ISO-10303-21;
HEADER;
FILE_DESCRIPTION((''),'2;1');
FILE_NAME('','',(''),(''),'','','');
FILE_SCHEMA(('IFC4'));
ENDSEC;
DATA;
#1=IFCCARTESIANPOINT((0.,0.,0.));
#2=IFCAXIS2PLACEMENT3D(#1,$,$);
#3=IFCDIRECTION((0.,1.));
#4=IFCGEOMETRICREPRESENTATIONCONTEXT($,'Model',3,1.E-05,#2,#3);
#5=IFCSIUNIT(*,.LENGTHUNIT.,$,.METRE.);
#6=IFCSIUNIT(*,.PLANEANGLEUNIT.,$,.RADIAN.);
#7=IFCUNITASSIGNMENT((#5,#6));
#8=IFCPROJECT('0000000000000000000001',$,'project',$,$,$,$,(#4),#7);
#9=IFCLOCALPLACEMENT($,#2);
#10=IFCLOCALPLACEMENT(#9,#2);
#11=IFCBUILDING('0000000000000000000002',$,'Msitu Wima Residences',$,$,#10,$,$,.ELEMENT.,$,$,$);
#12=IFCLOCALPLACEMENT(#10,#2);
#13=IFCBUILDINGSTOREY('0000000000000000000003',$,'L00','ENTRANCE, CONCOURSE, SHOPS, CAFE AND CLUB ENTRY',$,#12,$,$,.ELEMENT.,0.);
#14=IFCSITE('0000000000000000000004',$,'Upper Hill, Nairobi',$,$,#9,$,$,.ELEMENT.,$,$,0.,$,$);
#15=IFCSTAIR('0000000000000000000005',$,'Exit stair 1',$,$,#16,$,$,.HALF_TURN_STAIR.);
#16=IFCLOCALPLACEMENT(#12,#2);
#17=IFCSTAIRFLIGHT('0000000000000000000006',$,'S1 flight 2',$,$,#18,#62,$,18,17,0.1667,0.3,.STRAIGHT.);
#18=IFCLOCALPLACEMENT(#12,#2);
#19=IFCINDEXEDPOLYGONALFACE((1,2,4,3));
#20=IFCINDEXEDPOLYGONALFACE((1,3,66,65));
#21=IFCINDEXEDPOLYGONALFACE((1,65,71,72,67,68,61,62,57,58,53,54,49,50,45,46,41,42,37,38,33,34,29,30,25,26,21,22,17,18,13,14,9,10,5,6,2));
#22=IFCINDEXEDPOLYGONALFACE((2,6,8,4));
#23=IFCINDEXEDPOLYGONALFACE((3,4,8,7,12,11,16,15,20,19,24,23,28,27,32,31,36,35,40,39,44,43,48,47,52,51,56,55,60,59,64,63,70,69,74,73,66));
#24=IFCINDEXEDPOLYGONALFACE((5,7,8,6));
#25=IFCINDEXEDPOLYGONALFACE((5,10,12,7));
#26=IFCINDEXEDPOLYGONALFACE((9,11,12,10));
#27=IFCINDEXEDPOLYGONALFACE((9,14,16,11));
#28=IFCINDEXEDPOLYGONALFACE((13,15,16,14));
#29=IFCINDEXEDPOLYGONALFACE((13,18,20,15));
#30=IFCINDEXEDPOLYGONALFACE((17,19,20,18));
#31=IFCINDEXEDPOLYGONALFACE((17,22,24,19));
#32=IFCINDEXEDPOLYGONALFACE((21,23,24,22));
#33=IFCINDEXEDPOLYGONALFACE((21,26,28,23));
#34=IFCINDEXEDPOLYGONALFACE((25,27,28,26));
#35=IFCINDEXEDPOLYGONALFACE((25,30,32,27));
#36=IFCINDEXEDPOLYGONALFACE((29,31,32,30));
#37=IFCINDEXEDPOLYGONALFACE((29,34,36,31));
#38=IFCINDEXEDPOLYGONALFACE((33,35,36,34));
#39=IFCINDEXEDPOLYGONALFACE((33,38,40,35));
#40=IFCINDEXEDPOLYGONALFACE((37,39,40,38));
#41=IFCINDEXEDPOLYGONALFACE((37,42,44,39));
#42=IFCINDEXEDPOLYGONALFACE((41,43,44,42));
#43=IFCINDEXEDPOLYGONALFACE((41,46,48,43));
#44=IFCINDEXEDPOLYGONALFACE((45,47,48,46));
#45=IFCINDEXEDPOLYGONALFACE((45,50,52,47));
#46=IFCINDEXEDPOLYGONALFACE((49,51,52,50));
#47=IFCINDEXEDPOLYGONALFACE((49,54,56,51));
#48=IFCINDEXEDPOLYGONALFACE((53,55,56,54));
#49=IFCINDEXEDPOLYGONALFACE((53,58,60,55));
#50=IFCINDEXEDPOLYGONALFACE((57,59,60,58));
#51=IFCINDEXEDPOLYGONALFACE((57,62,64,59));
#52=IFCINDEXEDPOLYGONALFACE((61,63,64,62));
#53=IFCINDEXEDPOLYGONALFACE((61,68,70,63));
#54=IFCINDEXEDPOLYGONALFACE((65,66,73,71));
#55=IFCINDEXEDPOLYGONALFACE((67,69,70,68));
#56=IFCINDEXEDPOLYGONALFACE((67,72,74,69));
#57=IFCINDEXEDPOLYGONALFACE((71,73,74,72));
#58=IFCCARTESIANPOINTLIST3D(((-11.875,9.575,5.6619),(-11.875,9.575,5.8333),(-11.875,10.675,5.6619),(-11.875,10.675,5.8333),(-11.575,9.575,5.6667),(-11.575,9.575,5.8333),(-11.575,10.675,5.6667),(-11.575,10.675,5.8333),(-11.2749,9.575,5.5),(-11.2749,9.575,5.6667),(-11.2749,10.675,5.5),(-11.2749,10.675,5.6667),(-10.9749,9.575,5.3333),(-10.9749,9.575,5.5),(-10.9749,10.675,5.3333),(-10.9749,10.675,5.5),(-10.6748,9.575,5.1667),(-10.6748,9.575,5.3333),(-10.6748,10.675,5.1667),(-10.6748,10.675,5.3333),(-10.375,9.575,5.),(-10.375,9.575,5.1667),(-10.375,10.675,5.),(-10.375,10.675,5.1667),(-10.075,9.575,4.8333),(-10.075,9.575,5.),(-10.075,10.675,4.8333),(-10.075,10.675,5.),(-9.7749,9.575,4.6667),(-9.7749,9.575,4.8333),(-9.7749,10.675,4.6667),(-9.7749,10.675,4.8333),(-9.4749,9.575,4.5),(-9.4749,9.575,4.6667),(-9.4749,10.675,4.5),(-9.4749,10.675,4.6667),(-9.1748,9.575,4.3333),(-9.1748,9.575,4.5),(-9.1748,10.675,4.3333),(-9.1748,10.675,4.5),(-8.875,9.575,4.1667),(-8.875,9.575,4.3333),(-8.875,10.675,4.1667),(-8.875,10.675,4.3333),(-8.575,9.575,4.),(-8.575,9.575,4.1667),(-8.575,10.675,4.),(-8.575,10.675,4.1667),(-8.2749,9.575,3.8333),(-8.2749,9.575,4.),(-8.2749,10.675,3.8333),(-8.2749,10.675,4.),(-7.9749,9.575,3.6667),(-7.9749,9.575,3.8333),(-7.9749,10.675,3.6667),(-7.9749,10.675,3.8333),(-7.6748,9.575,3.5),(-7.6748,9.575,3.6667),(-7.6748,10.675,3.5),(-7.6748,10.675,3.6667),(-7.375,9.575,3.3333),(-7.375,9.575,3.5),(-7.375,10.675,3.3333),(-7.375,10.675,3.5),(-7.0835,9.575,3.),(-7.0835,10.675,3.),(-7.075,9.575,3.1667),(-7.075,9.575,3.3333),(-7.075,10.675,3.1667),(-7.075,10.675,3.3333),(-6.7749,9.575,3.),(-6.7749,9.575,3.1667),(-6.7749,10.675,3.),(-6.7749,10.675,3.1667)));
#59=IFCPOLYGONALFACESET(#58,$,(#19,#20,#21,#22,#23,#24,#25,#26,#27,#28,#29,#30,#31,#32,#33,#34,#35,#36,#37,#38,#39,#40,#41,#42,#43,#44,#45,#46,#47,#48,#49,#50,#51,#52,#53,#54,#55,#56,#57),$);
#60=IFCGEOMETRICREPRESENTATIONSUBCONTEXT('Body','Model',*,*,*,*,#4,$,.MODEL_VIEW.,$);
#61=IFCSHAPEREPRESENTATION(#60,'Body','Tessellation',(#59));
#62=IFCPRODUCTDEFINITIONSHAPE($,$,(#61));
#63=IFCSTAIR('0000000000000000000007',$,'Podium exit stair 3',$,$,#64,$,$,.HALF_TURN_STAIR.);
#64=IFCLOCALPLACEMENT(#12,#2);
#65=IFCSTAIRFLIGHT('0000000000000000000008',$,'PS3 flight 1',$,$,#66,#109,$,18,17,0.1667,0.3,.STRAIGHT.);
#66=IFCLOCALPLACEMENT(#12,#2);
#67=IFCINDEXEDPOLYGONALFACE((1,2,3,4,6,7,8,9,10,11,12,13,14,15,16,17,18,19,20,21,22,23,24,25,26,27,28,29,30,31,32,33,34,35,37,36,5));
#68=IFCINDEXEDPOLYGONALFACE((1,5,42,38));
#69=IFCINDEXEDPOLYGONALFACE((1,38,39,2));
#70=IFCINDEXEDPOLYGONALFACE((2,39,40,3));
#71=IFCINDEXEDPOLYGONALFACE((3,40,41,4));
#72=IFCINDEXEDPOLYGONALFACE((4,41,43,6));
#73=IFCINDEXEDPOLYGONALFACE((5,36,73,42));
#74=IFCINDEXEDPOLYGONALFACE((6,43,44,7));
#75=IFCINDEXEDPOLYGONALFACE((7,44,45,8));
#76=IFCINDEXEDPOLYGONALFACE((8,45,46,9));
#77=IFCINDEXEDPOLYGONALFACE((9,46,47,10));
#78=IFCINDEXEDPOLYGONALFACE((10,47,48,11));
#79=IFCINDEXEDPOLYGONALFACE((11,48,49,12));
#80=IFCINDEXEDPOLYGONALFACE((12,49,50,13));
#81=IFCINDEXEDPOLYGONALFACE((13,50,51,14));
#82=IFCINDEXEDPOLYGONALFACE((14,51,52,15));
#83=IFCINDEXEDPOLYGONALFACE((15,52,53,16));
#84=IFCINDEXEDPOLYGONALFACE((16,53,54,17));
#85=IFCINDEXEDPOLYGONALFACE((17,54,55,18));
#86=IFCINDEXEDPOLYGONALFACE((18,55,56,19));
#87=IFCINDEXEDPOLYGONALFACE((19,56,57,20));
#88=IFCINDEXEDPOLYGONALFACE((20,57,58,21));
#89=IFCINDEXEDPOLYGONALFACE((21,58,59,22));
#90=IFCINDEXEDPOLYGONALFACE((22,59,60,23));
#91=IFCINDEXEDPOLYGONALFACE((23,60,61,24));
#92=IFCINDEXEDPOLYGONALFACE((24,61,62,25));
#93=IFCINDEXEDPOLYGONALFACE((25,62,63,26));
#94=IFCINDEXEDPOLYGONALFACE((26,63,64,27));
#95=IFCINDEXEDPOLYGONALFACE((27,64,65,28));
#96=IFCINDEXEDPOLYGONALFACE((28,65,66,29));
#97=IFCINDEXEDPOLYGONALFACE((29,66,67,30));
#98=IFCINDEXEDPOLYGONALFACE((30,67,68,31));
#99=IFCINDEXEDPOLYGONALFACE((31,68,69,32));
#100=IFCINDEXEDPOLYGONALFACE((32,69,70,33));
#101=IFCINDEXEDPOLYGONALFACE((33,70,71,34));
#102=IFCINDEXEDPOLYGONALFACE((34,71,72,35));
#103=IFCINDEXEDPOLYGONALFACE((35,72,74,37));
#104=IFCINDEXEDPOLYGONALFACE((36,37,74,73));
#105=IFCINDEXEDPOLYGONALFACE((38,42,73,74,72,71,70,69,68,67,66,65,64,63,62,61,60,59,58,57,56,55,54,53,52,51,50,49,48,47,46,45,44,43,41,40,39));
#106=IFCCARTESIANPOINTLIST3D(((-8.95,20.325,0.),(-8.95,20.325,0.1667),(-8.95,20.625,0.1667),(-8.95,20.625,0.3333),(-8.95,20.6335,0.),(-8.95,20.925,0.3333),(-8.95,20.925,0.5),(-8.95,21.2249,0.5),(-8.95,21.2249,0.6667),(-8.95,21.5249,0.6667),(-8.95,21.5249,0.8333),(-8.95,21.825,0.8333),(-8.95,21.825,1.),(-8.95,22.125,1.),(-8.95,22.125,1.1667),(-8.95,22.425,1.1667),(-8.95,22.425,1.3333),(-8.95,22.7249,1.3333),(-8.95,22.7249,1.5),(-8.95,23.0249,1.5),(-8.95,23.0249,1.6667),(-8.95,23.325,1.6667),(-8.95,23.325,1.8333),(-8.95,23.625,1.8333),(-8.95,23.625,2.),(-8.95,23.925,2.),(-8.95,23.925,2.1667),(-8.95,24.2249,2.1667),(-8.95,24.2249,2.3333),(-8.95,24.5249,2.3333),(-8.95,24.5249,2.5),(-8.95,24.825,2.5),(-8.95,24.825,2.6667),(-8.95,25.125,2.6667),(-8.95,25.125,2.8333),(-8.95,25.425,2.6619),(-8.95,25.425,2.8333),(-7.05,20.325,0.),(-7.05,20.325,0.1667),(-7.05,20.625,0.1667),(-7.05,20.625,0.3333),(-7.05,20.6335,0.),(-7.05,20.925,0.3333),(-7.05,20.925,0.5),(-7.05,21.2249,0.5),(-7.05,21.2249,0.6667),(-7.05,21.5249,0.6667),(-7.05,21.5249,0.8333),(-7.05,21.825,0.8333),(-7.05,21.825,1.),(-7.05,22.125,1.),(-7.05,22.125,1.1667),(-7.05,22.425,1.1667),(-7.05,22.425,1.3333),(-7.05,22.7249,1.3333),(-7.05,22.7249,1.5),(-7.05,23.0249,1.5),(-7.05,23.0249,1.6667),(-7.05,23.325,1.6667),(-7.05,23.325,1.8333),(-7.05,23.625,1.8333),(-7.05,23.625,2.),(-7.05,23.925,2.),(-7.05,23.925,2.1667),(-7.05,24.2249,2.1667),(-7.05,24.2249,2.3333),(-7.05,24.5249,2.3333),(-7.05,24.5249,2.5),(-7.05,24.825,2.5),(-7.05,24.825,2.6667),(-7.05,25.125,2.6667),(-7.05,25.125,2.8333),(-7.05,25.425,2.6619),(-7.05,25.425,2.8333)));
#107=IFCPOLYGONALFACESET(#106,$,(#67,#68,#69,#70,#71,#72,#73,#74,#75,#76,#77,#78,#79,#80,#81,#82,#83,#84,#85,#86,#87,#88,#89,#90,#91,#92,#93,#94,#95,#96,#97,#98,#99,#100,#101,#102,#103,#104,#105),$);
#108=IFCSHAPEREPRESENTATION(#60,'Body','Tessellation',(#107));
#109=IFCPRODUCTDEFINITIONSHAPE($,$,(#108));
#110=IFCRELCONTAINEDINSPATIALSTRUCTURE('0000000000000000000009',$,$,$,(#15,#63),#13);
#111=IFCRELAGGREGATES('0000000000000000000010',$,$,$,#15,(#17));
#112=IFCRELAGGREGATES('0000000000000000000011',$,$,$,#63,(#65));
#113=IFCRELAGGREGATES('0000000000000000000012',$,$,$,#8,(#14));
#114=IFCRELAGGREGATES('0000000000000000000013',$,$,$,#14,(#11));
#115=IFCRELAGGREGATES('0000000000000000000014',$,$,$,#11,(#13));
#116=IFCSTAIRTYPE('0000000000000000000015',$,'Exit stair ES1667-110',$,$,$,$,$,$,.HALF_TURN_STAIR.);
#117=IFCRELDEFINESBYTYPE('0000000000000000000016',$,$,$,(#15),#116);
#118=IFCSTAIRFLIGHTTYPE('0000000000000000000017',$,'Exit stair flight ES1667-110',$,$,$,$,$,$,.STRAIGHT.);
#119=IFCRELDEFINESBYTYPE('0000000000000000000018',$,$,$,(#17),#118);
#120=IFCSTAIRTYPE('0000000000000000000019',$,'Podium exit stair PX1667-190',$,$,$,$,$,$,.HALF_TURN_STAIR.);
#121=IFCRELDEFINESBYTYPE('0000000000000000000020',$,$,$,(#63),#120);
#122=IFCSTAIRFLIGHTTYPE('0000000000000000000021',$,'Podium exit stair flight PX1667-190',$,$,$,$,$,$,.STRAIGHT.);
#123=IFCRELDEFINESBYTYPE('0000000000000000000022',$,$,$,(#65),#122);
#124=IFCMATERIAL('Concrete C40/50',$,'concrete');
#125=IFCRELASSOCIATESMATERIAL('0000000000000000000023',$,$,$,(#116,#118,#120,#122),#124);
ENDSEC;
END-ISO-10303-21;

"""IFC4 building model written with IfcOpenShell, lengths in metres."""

from ifc_helpers import new_model, si_unit, direction, frame, origin, place, context, subcontext, project, spatial, polyline, outline, extrude, material, type_object, element, aggregate, save


model = new_model("IFC4")

# Units and contexts
model_context = context("Model", 3, precision=1e-05, world=origin(), true_north=direction((0.0, 1.0)))
body_context = subcontext(model_context, "Body", "Model", "MODEL_VIEW")
ifc_project = project(units=[si_unit("LENGTHUNIT", "METRE"), si_unit("PLANEANGLEUNIT", "RADIAN")], contexts=[model_context])

# Site, building, storey
site_placement = place(None, origin())
site = spatial("IfcSite", under=ifc_project, at=site_placement, Name="Upper Hill, Nairobi", CompositionType="ELEMENT", RefElevation=0.0)
building_placement = place(site_placement, origin())
building = spatial("IfcBuilding", under=site, at=building_placement, Name="Msitu Wima Residences", CompositionType="ELEMENT")
storey_placement = place(building_placement, origin())
storey = spatial("IfcBuildingStorey", under=building, at=storey_placement, Name="L00", Description="ENTRANCE, CONCOURSE, SHOPS, CAFE AND CLUB ENTRY", CompositionType="ELEMENT", Elevation=0.0)

# Stairs, stair flights
ifc_material_1 = material(Name="Concrete C40/50", Category="concrete")
stair_type_1 = type_object("IfcStairType", Name="Exit stair ES1667-110", PredefinedType="HALF_TURN_STAIR", material=ifc_material_1)
stair_1_placement = place(storey_placement, origin())
stair_1 = element("IfcStair", 1, at=stair_1_placement, inside=storey, type_object=stair_type_1, Name="Exit stair 1", PredefinedType="HALF_TURN_STAIR")
stair_flight_type_1 = type_object("IfcStairFlightType", Name="Exit stair flight ES1667-110", PredefinedType="STRAIGHT", material=ifc_material_1)
stair_flight_1_placement = place(storey_placement, frame((-6.7749, 10.125, 3.0), z_axis=(0.0, 0.0, 1.0), x_axis=(-1.0, 0.0, 0.0)))
stair_flight_1 = element("IfcStairFlight", 2, at=stair_flight_1_placement, type_object=stair_flight_type_1, Name="S1 flight 2", NumberOfRisers=18, NumberOfTreads=17, PredefinedType="STRAIGHT", RiserHeight=0.1667, TreadLength=0.3, context=body_context, shape_type="SweptSolid", body=[
    extrude(outline(polyline([(0.0, 0.0), (0.0, 0.1667), (0.3, 0.1667), (0.3, 0.3333), (0.6001, 0.3333), (0.6001, 0.5), (0.8999, 0.5), (0.8999, 0.6667), (1.2, 0.6667), (1.2, 0.8333), (1.5, 0.8333), (1.5, 1.0), (1.8, 1.0), (1.8, 1.1667), (2.1001, 1.1667), (2.1001, 1.3333), (2.3999, 1.3333), (2.3999, 1.5), (2.7, 1.5), (2.7, 1.6667), (3.0, 1.6667), (3.0, 1.8333), (3.3, 1.8333), (3.3, 2.0), (3.6001, 2.0), (3.6001, 2.1667), (3.8999, 2.1667), (3.8999, 2.3333), (4.2, 2.3333), (4.2, 2.5), (4.5, 2.5), (4.5, 2.6667), (4.8, 2.6667), (4.8, 2.8333), (5.1001, 2.8333), (5.1001, 3.0), (5.1001, 2.6619), (0.3086, 0.0), (0.0, 0.0)])), frame((0.0, 0.55, 0.0), z_axis=(0.0, -1.0, 0.0), x_axis=(1.0, 0.0, 0.0)), (0.0, 0.0, 1.0), 1.1001),
])
aggregate(stair_1, [stair_flight_1])
stair_type_2 = type_object("IfcStairType", Name="Podium exit stair PX1667-190", PredefinedType="HALF_TURN_STAIR", material=ifc_material_1)
stair_2_placement = place(storey_placement, origin())
stair_2 = element("IfcStair", 3, at=stair_2_placement, inside=storey, type_object=stair_type_2, Name="Podium exit stair 3", PredefinedType="HALF_TURN_STAIR")
stair_flight_type_2 = type_object("IfcStairFlightType", Name="Podium exit stair flight PX1667-190", PredefinedType="STRAIGHT", material=ifc_material_1)
stair_flight_2_placement = place(storey_placement, frame((-8.0, 20.325, 0.0), z_axis=(0.0, 0.0, 1.0), x_axis=(0.0, 1.0, 0.0)))
stair_flight_2 = element("IfcStairFlight", 4, at=stair_flight_2_placement, type_object=stair_flight_type_2, Name="PS3 flight 1", NumberOfRisers=18, NumberOfTreads=17, PredefinedType="STRAIGHT", RiserHeight=0.1667, TreadLength=0.3, context=body_context, shape_type="SweptSolid", body=[
    extrude(outline(polyline([(0.0, 0.0), (0.0, 0.1667), (0.3, 0.1667), (0.3, 0.3333), (0.6001, 0.3333), (0.6001, 0.5), (0.8999, 0.5), (0.8999, 0.6667), (1.2, 0.6667), (1.2, 0.8333), (1.5, 0.8333), (1.5, 1.0), (1.8, 1.0), (1.8, 1.1667), (2.1001, 1.1667), (2.1001, 1.3333), (2.3999, 1.3333), (2.3999, 1.5), (2.7, 1.5), (2.7, 1.6667), (3.0, 1.6667), (3.0, 1.8333), (3.3, 1.8333), (3.3, 2.0), (3.6001, 2.0), (3.6001, 2.1667), (3.8999, 2.1667), (3.8999, 2.3333), (4.2, 2.3333), (4.2, 2.5), (4.5, 2.5), (4.5, 2.6667), (4.8, 2.6667), (4.8, 2.8333), (5.1001, 2.8333), (5.1001, 3.0), (5.1001, 2.6619), (0.3086, 0.0), (0.0, 0.0)])), frame((0.0, 0.95, 0.0), z_axis=(0.0, -1.0, 0.0), x_axis=(1.0, 0.0, 0.0)), (0.0, 0.0, 1.0), 1.8999),
])
aggregate(stair_2, [stair_flight_2])

save(model, "model.ifc")
